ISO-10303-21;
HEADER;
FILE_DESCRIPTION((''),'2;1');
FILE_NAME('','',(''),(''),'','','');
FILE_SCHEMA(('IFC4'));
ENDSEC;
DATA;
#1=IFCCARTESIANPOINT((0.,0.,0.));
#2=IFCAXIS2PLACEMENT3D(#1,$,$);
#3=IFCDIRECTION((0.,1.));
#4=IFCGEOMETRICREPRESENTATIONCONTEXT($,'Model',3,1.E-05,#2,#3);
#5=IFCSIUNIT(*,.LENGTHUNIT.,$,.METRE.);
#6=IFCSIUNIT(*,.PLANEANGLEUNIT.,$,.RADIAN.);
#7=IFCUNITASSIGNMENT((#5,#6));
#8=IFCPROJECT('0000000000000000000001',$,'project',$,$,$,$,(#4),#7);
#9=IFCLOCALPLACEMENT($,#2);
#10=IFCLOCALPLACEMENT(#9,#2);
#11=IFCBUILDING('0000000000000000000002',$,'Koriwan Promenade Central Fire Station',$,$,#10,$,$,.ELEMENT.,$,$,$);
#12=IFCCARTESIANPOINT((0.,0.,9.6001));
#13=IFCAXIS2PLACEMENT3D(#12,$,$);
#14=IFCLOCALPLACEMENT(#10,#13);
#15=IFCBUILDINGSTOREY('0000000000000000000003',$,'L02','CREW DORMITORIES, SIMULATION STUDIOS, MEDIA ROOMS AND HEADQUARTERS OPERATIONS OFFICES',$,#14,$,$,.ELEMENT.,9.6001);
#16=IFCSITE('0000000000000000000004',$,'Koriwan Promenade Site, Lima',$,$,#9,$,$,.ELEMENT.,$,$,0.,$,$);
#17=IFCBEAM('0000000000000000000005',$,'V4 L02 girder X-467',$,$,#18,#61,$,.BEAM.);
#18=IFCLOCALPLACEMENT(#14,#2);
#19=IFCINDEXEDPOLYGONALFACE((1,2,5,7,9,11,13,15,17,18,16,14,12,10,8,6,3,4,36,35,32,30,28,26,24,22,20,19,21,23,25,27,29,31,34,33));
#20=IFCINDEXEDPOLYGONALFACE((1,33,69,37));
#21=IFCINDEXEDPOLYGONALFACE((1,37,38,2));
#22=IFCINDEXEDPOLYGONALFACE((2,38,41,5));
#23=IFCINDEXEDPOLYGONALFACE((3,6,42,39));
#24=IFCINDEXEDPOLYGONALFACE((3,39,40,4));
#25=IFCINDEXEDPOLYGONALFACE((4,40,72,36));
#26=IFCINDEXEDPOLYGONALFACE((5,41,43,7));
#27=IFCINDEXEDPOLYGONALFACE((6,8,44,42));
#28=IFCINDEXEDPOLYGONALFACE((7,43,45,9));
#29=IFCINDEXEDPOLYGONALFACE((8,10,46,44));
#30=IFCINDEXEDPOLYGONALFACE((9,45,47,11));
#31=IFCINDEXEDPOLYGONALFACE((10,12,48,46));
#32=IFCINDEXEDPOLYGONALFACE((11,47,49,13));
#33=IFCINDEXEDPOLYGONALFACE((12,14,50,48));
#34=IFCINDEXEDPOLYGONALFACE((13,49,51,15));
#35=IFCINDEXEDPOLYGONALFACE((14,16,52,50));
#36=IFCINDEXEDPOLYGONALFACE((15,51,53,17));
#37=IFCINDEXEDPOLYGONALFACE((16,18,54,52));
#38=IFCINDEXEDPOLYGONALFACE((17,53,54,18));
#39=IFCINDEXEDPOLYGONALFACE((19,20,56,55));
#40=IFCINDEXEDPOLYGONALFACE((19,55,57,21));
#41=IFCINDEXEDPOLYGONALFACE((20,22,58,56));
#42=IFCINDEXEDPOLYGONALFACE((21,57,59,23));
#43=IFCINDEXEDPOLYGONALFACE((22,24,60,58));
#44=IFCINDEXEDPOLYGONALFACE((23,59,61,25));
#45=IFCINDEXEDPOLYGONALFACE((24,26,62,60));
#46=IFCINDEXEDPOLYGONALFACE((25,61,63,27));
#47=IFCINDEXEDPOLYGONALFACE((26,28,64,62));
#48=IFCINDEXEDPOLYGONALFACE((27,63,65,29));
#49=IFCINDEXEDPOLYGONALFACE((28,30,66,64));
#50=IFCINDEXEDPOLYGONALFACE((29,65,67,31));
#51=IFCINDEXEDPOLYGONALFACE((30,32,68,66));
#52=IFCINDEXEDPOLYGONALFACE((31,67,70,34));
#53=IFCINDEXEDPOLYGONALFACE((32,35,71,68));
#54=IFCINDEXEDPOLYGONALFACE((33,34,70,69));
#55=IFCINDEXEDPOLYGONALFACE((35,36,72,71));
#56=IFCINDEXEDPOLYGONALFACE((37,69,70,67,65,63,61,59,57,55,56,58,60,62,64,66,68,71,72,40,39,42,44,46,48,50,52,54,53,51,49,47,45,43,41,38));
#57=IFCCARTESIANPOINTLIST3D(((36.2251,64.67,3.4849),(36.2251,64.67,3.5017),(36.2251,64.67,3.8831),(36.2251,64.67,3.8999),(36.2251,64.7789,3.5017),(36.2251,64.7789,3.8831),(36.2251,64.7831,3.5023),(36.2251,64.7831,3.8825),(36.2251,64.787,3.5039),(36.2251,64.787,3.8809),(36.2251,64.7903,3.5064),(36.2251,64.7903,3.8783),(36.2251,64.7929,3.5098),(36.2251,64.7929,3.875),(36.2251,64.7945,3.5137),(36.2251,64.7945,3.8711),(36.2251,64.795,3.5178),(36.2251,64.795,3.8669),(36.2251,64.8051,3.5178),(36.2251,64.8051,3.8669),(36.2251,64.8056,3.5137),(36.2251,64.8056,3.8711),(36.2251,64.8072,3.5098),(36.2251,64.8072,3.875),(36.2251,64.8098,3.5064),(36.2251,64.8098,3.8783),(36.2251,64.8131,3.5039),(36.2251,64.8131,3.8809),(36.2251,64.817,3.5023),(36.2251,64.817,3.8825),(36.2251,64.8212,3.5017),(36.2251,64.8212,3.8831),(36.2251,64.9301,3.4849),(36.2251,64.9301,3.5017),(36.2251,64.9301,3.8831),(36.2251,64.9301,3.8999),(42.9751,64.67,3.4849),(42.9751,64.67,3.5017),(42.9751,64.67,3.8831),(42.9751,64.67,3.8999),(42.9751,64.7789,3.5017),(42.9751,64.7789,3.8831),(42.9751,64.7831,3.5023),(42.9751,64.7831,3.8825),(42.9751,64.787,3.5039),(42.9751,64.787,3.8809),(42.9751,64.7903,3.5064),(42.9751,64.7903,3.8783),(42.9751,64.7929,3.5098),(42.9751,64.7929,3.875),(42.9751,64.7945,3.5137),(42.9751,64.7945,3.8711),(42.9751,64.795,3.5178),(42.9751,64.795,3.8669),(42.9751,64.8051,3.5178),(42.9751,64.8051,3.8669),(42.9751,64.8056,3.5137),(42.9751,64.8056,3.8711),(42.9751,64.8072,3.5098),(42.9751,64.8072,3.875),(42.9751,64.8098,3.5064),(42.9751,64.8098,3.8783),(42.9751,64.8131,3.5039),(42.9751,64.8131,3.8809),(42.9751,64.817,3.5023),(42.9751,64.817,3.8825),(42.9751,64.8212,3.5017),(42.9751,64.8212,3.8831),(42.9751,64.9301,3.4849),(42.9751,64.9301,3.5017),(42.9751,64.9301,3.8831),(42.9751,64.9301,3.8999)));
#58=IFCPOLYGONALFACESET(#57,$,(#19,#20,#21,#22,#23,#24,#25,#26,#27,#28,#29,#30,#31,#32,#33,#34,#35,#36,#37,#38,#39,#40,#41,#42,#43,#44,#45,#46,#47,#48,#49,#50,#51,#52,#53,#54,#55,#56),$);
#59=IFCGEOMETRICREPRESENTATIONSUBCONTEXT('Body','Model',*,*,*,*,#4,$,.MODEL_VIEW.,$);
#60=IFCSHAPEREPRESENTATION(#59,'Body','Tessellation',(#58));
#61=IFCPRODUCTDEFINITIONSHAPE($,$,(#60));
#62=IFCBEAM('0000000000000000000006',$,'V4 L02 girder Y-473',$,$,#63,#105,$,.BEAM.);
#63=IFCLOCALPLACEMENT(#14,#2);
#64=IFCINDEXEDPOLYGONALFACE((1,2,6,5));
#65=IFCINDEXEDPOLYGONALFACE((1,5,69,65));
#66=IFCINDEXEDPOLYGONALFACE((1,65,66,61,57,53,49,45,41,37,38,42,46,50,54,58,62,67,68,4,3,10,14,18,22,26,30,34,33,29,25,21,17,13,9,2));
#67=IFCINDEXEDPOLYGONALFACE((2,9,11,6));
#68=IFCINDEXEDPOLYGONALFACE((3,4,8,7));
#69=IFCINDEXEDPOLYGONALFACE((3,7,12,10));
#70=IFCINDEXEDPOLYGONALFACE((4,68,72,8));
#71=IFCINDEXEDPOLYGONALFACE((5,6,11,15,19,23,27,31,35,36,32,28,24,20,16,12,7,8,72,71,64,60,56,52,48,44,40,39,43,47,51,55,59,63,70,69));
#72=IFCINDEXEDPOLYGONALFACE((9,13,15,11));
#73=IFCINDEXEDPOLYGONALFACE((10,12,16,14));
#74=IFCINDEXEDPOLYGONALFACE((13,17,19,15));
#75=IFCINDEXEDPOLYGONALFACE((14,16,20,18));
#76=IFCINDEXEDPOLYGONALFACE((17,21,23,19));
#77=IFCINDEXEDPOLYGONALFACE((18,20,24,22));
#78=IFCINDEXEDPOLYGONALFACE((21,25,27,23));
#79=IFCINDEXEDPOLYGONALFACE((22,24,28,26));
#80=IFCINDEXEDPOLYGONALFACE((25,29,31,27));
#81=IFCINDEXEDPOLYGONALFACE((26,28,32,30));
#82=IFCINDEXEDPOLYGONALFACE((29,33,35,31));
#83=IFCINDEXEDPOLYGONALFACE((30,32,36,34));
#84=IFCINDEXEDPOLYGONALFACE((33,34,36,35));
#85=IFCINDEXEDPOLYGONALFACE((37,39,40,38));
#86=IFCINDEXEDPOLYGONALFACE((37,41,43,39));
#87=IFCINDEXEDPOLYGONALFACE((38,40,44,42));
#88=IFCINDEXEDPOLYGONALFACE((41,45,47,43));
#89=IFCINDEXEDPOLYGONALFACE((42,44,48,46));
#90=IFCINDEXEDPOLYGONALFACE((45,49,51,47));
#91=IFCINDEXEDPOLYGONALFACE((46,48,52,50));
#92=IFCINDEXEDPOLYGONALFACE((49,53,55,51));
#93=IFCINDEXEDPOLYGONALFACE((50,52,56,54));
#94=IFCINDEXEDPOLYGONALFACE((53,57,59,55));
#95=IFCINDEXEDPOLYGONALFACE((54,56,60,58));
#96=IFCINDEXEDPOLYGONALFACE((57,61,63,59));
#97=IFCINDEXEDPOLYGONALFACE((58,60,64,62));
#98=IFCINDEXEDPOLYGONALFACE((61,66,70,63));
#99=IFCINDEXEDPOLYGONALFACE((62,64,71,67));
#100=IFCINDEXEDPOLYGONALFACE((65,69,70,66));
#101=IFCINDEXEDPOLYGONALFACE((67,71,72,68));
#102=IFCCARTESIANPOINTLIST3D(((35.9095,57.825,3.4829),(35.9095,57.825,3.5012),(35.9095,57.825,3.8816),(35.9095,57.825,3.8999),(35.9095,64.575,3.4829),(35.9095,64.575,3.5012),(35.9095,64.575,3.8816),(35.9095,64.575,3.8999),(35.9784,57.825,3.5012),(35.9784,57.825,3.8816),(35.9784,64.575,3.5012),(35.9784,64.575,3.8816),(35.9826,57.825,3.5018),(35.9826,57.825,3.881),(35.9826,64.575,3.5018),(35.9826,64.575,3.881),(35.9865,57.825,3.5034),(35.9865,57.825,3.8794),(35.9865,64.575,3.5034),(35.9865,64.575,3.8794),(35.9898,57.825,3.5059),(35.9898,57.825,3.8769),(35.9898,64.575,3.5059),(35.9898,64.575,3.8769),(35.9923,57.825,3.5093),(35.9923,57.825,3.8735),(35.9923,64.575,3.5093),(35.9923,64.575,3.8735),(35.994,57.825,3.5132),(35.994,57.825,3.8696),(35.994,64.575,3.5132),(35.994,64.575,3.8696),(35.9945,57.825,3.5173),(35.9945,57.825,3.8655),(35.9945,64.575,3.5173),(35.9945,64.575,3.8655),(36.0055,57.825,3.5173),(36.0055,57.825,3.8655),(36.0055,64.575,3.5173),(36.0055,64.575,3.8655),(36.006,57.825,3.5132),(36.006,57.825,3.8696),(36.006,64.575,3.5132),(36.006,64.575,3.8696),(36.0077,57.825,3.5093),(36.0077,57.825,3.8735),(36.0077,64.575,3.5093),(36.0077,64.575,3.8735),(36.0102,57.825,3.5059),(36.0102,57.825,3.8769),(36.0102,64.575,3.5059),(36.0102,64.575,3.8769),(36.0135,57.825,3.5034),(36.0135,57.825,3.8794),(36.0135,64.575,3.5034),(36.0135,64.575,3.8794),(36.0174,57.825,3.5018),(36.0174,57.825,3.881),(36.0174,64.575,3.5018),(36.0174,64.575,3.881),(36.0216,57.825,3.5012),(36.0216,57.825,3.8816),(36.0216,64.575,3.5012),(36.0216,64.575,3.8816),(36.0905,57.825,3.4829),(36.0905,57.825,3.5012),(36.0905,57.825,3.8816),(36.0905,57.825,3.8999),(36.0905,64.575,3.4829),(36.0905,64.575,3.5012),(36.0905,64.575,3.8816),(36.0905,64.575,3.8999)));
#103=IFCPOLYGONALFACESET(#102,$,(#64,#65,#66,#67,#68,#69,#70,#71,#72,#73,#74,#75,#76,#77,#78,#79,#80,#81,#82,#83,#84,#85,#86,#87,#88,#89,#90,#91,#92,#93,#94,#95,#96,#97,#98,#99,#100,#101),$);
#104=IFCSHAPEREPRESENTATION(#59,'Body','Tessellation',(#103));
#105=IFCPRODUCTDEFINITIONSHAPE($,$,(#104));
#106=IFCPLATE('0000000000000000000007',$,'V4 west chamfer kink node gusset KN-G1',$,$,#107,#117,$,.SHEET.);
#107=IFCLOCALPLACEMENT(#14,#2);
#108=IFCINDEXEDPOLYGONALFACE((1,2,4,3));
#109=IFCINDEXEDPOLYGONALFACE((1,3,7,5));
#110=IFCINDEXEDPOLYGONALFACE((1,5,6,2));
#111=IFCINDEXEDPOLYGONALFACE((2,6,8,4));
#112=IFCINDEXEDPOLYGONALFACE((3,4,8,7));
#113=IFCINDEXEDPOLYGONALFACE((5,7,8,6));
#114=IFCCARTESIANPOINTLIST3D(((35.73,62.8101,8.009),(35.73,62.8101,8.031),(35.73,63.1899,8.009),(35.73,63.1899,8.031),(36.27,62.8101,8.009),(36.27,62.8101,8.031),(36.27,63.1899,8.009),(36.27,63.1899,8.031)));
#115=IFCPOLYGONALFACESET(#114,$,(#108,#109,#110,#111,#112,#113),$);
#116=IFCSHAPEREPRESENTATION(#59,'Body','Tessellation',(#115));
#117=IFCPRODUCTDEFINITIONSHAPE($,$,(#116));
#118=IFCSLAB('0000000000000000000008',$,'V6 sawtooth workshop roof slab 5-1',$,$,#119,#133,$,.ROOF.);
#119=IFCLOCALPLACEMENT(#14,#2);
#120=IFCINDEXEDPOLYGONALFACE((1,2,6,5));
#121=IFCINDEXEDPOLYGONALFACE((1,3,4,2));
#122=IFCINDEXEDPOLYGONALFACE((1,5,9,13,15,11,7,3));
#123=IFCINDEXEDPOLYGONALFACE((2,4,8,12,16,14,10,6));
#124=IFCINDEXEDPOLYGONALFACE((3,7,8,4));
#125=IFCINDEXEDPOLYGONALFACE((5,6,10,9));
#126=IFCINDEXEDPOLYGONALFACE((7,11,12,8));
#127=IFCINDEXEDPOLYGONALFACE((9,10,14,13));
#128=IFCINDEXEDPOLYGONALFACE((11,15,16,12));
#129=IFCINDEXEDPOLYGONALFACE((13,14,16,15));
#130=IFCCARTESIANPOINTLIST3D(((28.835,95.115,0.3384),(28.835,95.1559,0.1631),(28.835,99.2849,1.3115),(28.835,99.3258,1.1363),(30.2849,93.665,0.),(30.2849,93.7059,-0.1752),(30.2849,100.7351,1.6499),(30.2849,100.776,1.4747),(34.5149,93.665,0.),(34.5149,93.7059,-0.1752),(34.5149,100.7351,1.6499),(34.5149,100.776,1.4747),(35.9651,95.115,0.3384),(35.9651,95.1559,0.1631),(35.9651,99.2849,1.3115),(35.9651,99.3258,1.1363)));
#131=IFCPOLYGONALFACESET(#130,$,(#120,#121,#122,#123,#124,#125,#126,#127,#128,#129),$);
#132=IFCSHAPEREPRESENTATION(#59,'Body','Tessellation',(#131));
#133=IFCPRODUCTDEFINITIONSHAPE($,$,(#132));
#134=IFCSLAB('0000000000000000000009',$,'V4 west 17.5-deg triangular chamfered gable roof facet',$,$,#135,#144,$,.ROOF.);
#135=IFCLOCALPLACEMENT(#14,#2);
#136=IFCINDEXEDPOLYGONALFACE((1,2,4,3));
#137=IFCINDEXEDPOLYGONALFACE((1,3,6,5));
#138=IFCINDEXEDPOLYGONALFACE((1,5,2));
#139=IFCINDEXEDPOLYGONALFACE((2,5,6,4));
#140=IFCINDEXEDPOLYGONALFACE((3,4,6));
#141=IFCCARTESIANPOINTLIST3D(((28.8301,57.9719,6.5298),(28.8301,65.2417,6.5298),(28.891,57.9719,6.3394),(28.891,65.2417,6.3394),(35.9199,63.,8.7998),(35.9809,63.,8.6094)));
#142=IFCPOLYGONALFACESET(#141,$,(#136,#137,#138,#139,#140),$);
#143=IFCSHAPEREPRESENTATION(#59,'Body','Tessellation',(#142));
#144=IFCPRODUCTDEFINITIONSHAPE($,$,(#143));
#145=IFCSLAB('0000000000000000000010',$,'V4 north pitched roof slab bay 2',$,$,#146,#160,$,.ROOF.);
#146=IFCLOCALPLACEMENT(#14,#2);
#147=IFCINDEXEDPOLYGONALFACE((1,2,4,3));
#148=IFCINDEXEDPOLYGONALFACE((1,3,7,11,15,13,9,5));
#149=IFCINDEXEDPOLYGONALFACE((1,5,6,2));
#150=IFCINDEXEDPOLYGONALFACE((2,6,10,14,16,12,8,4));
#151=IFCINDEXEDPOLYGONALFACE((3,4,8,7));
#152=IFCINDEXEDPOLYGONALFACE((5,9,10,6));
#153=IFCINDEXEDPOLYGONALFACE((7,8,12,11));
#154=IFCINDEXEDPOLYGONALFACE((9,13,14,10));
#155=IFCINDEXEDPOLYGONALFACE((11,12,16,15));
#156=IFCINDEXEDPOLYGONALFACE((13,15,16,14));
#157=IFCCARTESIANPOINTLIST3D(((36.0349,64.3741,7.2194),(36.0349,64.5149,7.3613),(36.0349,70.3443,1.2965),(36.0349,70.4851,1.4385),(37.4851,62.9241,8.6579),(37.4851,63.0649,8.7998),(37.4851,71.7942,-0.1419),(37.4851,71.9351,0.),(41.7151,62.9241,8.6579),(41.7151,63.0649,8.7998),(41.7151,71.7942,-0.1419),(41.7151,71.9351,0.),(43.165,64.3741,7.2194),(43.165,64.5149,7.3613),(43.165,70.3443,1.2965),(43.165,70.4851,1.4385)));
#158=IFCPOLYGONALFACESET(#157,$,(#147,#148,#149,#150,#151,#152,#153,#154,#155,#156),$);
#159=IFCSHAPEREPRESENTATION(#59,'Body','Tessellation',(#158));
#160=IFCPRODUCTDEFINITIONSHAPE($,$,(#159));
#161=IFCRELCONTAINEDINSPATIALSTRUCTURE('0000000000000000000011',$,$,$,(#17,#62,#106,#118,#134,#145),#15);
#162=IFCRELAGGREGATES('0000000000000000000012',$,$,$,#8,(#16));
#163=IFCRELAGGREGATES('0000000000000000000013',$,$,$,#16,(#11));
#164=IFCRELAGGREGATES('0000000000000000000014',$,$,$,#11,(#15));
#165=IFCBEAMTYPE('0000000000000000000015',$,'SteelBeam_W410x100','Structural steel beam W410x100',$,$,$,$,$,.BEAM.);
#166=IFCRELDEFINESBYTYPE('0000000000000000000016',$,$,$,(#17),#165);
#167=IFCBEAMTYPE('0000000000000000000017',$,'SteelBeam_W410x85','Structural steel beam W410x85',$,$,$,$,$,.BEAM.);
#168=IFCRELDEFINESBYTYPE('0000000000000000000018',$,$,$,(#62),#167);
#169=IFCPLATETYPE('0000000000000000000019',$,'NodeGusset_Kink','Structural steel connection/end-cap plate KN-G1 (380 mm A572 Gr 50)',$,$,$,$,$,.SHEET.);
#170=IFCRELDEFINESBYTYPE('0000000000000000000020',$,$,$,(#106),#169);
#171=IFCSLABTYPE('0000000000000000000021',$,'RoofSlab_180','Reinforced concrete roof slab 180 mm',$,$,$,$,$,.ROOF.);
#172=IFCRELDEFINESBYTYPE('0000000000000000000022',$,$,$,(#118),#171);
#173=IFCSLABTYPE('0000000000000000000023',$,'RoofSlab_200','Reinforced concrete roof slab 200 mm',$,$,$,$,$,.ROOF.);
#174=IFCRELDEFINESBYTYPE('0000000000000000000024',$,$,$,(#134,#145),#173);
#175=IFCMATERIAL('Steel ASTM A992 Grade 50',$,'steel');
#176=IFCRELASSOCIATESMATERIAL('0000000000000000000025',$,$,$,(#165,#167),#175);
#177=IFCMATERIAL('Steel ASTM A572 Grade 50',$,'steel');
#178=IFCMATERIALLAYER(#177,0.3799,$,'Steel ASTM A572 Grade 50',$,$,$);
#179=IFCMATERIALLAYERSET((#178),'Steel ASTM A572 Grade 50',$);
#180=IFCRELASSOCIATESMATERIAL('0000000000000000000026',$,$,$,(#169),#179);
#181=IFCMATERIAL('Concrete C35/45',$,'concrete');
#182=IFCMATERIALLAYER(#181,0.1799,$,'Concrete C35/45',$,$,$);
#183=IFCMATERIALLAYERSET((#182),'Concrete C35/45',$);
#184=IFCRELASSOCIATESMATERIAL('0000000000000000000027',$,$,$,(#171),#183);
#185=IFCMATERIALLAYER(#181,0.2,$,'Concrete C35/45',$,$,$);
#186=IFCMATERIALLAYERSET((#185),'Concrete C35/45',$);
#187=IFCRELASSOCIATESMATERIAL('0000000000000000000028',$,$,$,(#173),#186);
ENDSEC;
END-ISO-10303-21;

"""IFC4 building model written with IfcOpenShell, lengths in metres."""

from ifc_helpers import new_model, si_unit, direction, frame, origin, origin_2d, place, context, subcontext, project, spatial, polyline, rectangle, i_section, outline, extrude, material, layer, layer_set, material_profile, profile_set, type_object, element, save


model = new_model("IFC4")

# Units and contexts
model_context = context("Model", 3, precision=1e-05, world=origin(), true_north=direction((0.0, 1.0)))
body_context = subcontext(model_context, "Body", "Model", "MODEL_VIEW")
ifc_project = project(units=[si_unit("LENGTHUNIT", "METRE"), si_unit("PLANEANGLEUNIT", "RADIAN")], contexts=[model_context])

# Site, building, storey
site_placement = place(None, origin())
site = spatial("IfcSite", under=ifc_project, at=site_placement, Name="Koriwan Promenade Site, Lima", CompositionType="ELEMENT", RefElevation=0.0)
building_placement = place(site_placement, origin())
building = spatial("IfcBuilding", under=site, at=building_placement, Name="Koriwan Promenade Central Fire Station", CompositionType="ELEMENT")
storey_placement = place(building_placement, frame((0.0, 0.0, 9.6001)))
storey = spatial("IfcBuildingStorey", under=building, at=storey_placement, Name="L02", Description="CREW DORMITORIES, SIMULATION STUDIOS, MEDIA ROOMS AND HEADQUARTERS OPERATIONS OFFICES", CompositionType="ELEMENT", Elevation=9.6001)

# Shared definitions
ifc_material_1 = material(Name="Steel ASTM A992 Grade 50", Category="steel")

# Beams
ifc_material_profile_1 = material_profile(ifc_material_1, i_section(OverallWidth=0.26, OverallDepth=0.415, WebThickness=0.01, FlangeThickness=0.0168, FilletRadius=0.0161, at=origin_2d()), Name="W410x100")
ifc_profile_set_1 = profile_set([ifc_material_profile_1], Name="Steel ASTM A992 Grade 50")
beam_type_1 = type_object("IfcBeamType", Name="SteelBeam_W410x100", Description="Structural steel beam W410x100", PredefinedType="BEAM", material=ifc_profile_set_1)
for number, where, z_axis, x_axis, name in (
    (1, (36.2251, 64.8, 3.6924), (1.0, 0.0, 0.0), (0.0, 1.0, 0.0), "V4 L02 girder X-467"),
):
    element("IfcBeam", number, at=place(storey_placement, frame(where, z_axis=z_axis, x_axis=x_axis)), inside=storey, type_object=beam_type_1, Name=name, PredefinedType="BEAM", context=body_context, shape_type="SweptSolid", body=[
        extrude(i_section(OverallWidth=0.26, OverallDepth=0.415, WebThickness=0.01, FlangeThickness=0.0168, FilletRadius=0.0161, at=origin_2d()), origin(), (0.0, 0.0, 1.0), 6.75),
    ])
ifc_material_profile_2 = material_profile(ifc_material_1, i_section(OverallWidth=0.1809, OverallDepth=0.417, WebThickness=0.011, FlangeThickness=0.0183, FilletRadius=0.0161, at=origin_2d()), Name="W410x85")
ifc_profile_set_2 = profile_set([ifc_material_profile_2], Name="Steel ASTM A992 Grade 50")
beam_type_2 = type_object("IfcBeamType", Name="SteelBeam_W410x85", Description="Structural steel beam W410x85", PredefinedType="BEAM", material=ifc_profile_set_2)
beam_1_placement = place(storey_placement, frame((36.0, 57.825, 3.6914), z_axis=(0.0, 1.0, 0.0), x_axis=(-1.0, 0.0, 0.0)))
element("IfcBeam", 2, at=beam_1_placement, inside=storey, type_object=beam_type_2, Name="V4 L02 girder Y-473", PredefinedType="BEAM", context=body_context, shape_type="SweptSolid", body=[
    extrude(i_section(OverallWidth=0.1809, OverallDepth=0.417, WebThickness=0.011, FlangeThickness=0.0183, FilletRadius=0.0161, at=origin_2d()), origin(), (0.0, 0.0, 1.0), 6.75),
])

# Plate
ifc_material_2 = material(Name="Steel ASTM A572 Grade 50", Category="steel")
ifc_layer_1 = layer(ifc_material_2, 0.3799, Name="Steel ASTM A572 Grade 50")
ifc_layer_set_1 = layer_set([ifc_layer_1], Name="Steel ASTM A572 Grade 50")
plate_type = type_object("IfcPlateType", Name="NodeGusset_Kink", Description="Structural steel connection/end-cap plate KN-G1 (380 mm A572 Gr 50)", PredefinedType="SHEET", material=ifc_layer_set_1)
plate_placement = place(storey_placement, frame((36.0, 63.0, 8.009), z_axis=(0.0, 0.0, 1.0), x_axis=(1.0, 0.0, 0.0)))
element("IfcPlate", 3, at=plate_placement, inside=storey, type_object=plate_type, Name="V4 west chamfer kink node gusset KN-G1", PredefinedType="SHEET", context=body_context, shape_type="SweptSolid", body=[
    extrude(rectangle(XDim=0.54, YDim=0.3799, at=origin_2d()), origin(), (0.0, 0.0, 1.0), 0.022),
])

# Slabs
ifc_material_3 = material(Name="Concrete C35/45", Category="concrete")
ifc_layer_2 = layer(ifc_material_3, 0.1799, Name="Concrete C35/45")
ifc_layer_set_2 = layer_set([ifc_layer_2], Name="Concrete C35/45")
slab_type_1 = type_object("IfcSlabType", Name="RoofSlab_180", Description="Reinforced concrete roof slab 180 mm", PredefinedType="ROOF", material=ifc_layer_set_2)
slab_1_placement = place(storey_placement, frame((30.2849, 93.665, 0.0), z_axis=(0.0, -0.227259, 0.973834), x_axis=(1.0, 0.0, 0.0)))
element("IfcSlab", 4, at=slab_1_placement, inside=storey, type_object=slab_type_1, Name="V6 sawtooth workshop roof slab 5-1", PredefinedType="ROOF", context=body_context, shape_type="SweptSolid", body=[
    extrude(outline(polyline([(0.0, 0.0), (4.23, 0.0), (5.6802, 1.4889), (5.6802, 5.7709), (4.23, 7.26), (0.0, 7.26), (-1.45, 5.7709), (-1.45, 1.4889), (0.0, 0.0)])), origin(), (0.0, 0.0, -1.0), 0.1799),
])
ifc_layer_3 = layer(ifc_material_3, 0.2, Name="Concrete C35/45")
ifc_layer_set_3 = layer_set([ifc_layer_3], Name="Concrete C35/45")
slab_type_2 = type_object("IfcSlabType", Name="RoofSlab_200", Description="Reinforced concrete roof slab 200 mm", PredefinedType="ROOF", material=ifc_layer_set_3)
slab_2_placement = place(storey_placement, frame((35.9199, 63.0, 8.7998), z_axis=(-0.30493, 0.0, 0.952375), x_axis=(-0.911926, 0.288337, -0.29198)))
element("IfcSlab", 5, at=slab_2_placement, inside=storey, type_object=slab_type_2, Name="V4 west 17.5-deg triangular chamfered gable roof facet", PredefinedType="ROOF", context=body_context, shape_type="SweptSolid", body=[
    extrude(outline(polyline([(0.0, 0.0), (7.7746, 0.0), (5.6784, 6.961), (0.0, 0.0)])), origin(), (0.0, 0.0, -1.0), 0.2),
])
slab_3_placement = place(storey_placement, frame((37.4851, 63.0649, 8.7998), z_axis=(0.0, 0.704287, 0.709915), x_axis=(1.0, 0.0, 0.0)))
element("IfcSlab", 6, at=slab_3_placement, inside=storey, type_object=slab_type_2, Name="V4 north pitched roof slab bay 2", PredefinedType="ROOF", context=body_context, shape_type="SweptSolid", body=[
    extrude(outline(polyline([(0.0, 0.0), (4.23, 0.0), (5.6799, 2.0424), (5.6799, 10.4522), (4.23, 12.4946), (0.0, 12.4946), (-1.4502, 10.4522), (-1.4502, 2.0424), (0.0, 0.0)])), origin(), (0.0, 0.0, -1.0), 0.2),
])

save(model, "model.ifc")
